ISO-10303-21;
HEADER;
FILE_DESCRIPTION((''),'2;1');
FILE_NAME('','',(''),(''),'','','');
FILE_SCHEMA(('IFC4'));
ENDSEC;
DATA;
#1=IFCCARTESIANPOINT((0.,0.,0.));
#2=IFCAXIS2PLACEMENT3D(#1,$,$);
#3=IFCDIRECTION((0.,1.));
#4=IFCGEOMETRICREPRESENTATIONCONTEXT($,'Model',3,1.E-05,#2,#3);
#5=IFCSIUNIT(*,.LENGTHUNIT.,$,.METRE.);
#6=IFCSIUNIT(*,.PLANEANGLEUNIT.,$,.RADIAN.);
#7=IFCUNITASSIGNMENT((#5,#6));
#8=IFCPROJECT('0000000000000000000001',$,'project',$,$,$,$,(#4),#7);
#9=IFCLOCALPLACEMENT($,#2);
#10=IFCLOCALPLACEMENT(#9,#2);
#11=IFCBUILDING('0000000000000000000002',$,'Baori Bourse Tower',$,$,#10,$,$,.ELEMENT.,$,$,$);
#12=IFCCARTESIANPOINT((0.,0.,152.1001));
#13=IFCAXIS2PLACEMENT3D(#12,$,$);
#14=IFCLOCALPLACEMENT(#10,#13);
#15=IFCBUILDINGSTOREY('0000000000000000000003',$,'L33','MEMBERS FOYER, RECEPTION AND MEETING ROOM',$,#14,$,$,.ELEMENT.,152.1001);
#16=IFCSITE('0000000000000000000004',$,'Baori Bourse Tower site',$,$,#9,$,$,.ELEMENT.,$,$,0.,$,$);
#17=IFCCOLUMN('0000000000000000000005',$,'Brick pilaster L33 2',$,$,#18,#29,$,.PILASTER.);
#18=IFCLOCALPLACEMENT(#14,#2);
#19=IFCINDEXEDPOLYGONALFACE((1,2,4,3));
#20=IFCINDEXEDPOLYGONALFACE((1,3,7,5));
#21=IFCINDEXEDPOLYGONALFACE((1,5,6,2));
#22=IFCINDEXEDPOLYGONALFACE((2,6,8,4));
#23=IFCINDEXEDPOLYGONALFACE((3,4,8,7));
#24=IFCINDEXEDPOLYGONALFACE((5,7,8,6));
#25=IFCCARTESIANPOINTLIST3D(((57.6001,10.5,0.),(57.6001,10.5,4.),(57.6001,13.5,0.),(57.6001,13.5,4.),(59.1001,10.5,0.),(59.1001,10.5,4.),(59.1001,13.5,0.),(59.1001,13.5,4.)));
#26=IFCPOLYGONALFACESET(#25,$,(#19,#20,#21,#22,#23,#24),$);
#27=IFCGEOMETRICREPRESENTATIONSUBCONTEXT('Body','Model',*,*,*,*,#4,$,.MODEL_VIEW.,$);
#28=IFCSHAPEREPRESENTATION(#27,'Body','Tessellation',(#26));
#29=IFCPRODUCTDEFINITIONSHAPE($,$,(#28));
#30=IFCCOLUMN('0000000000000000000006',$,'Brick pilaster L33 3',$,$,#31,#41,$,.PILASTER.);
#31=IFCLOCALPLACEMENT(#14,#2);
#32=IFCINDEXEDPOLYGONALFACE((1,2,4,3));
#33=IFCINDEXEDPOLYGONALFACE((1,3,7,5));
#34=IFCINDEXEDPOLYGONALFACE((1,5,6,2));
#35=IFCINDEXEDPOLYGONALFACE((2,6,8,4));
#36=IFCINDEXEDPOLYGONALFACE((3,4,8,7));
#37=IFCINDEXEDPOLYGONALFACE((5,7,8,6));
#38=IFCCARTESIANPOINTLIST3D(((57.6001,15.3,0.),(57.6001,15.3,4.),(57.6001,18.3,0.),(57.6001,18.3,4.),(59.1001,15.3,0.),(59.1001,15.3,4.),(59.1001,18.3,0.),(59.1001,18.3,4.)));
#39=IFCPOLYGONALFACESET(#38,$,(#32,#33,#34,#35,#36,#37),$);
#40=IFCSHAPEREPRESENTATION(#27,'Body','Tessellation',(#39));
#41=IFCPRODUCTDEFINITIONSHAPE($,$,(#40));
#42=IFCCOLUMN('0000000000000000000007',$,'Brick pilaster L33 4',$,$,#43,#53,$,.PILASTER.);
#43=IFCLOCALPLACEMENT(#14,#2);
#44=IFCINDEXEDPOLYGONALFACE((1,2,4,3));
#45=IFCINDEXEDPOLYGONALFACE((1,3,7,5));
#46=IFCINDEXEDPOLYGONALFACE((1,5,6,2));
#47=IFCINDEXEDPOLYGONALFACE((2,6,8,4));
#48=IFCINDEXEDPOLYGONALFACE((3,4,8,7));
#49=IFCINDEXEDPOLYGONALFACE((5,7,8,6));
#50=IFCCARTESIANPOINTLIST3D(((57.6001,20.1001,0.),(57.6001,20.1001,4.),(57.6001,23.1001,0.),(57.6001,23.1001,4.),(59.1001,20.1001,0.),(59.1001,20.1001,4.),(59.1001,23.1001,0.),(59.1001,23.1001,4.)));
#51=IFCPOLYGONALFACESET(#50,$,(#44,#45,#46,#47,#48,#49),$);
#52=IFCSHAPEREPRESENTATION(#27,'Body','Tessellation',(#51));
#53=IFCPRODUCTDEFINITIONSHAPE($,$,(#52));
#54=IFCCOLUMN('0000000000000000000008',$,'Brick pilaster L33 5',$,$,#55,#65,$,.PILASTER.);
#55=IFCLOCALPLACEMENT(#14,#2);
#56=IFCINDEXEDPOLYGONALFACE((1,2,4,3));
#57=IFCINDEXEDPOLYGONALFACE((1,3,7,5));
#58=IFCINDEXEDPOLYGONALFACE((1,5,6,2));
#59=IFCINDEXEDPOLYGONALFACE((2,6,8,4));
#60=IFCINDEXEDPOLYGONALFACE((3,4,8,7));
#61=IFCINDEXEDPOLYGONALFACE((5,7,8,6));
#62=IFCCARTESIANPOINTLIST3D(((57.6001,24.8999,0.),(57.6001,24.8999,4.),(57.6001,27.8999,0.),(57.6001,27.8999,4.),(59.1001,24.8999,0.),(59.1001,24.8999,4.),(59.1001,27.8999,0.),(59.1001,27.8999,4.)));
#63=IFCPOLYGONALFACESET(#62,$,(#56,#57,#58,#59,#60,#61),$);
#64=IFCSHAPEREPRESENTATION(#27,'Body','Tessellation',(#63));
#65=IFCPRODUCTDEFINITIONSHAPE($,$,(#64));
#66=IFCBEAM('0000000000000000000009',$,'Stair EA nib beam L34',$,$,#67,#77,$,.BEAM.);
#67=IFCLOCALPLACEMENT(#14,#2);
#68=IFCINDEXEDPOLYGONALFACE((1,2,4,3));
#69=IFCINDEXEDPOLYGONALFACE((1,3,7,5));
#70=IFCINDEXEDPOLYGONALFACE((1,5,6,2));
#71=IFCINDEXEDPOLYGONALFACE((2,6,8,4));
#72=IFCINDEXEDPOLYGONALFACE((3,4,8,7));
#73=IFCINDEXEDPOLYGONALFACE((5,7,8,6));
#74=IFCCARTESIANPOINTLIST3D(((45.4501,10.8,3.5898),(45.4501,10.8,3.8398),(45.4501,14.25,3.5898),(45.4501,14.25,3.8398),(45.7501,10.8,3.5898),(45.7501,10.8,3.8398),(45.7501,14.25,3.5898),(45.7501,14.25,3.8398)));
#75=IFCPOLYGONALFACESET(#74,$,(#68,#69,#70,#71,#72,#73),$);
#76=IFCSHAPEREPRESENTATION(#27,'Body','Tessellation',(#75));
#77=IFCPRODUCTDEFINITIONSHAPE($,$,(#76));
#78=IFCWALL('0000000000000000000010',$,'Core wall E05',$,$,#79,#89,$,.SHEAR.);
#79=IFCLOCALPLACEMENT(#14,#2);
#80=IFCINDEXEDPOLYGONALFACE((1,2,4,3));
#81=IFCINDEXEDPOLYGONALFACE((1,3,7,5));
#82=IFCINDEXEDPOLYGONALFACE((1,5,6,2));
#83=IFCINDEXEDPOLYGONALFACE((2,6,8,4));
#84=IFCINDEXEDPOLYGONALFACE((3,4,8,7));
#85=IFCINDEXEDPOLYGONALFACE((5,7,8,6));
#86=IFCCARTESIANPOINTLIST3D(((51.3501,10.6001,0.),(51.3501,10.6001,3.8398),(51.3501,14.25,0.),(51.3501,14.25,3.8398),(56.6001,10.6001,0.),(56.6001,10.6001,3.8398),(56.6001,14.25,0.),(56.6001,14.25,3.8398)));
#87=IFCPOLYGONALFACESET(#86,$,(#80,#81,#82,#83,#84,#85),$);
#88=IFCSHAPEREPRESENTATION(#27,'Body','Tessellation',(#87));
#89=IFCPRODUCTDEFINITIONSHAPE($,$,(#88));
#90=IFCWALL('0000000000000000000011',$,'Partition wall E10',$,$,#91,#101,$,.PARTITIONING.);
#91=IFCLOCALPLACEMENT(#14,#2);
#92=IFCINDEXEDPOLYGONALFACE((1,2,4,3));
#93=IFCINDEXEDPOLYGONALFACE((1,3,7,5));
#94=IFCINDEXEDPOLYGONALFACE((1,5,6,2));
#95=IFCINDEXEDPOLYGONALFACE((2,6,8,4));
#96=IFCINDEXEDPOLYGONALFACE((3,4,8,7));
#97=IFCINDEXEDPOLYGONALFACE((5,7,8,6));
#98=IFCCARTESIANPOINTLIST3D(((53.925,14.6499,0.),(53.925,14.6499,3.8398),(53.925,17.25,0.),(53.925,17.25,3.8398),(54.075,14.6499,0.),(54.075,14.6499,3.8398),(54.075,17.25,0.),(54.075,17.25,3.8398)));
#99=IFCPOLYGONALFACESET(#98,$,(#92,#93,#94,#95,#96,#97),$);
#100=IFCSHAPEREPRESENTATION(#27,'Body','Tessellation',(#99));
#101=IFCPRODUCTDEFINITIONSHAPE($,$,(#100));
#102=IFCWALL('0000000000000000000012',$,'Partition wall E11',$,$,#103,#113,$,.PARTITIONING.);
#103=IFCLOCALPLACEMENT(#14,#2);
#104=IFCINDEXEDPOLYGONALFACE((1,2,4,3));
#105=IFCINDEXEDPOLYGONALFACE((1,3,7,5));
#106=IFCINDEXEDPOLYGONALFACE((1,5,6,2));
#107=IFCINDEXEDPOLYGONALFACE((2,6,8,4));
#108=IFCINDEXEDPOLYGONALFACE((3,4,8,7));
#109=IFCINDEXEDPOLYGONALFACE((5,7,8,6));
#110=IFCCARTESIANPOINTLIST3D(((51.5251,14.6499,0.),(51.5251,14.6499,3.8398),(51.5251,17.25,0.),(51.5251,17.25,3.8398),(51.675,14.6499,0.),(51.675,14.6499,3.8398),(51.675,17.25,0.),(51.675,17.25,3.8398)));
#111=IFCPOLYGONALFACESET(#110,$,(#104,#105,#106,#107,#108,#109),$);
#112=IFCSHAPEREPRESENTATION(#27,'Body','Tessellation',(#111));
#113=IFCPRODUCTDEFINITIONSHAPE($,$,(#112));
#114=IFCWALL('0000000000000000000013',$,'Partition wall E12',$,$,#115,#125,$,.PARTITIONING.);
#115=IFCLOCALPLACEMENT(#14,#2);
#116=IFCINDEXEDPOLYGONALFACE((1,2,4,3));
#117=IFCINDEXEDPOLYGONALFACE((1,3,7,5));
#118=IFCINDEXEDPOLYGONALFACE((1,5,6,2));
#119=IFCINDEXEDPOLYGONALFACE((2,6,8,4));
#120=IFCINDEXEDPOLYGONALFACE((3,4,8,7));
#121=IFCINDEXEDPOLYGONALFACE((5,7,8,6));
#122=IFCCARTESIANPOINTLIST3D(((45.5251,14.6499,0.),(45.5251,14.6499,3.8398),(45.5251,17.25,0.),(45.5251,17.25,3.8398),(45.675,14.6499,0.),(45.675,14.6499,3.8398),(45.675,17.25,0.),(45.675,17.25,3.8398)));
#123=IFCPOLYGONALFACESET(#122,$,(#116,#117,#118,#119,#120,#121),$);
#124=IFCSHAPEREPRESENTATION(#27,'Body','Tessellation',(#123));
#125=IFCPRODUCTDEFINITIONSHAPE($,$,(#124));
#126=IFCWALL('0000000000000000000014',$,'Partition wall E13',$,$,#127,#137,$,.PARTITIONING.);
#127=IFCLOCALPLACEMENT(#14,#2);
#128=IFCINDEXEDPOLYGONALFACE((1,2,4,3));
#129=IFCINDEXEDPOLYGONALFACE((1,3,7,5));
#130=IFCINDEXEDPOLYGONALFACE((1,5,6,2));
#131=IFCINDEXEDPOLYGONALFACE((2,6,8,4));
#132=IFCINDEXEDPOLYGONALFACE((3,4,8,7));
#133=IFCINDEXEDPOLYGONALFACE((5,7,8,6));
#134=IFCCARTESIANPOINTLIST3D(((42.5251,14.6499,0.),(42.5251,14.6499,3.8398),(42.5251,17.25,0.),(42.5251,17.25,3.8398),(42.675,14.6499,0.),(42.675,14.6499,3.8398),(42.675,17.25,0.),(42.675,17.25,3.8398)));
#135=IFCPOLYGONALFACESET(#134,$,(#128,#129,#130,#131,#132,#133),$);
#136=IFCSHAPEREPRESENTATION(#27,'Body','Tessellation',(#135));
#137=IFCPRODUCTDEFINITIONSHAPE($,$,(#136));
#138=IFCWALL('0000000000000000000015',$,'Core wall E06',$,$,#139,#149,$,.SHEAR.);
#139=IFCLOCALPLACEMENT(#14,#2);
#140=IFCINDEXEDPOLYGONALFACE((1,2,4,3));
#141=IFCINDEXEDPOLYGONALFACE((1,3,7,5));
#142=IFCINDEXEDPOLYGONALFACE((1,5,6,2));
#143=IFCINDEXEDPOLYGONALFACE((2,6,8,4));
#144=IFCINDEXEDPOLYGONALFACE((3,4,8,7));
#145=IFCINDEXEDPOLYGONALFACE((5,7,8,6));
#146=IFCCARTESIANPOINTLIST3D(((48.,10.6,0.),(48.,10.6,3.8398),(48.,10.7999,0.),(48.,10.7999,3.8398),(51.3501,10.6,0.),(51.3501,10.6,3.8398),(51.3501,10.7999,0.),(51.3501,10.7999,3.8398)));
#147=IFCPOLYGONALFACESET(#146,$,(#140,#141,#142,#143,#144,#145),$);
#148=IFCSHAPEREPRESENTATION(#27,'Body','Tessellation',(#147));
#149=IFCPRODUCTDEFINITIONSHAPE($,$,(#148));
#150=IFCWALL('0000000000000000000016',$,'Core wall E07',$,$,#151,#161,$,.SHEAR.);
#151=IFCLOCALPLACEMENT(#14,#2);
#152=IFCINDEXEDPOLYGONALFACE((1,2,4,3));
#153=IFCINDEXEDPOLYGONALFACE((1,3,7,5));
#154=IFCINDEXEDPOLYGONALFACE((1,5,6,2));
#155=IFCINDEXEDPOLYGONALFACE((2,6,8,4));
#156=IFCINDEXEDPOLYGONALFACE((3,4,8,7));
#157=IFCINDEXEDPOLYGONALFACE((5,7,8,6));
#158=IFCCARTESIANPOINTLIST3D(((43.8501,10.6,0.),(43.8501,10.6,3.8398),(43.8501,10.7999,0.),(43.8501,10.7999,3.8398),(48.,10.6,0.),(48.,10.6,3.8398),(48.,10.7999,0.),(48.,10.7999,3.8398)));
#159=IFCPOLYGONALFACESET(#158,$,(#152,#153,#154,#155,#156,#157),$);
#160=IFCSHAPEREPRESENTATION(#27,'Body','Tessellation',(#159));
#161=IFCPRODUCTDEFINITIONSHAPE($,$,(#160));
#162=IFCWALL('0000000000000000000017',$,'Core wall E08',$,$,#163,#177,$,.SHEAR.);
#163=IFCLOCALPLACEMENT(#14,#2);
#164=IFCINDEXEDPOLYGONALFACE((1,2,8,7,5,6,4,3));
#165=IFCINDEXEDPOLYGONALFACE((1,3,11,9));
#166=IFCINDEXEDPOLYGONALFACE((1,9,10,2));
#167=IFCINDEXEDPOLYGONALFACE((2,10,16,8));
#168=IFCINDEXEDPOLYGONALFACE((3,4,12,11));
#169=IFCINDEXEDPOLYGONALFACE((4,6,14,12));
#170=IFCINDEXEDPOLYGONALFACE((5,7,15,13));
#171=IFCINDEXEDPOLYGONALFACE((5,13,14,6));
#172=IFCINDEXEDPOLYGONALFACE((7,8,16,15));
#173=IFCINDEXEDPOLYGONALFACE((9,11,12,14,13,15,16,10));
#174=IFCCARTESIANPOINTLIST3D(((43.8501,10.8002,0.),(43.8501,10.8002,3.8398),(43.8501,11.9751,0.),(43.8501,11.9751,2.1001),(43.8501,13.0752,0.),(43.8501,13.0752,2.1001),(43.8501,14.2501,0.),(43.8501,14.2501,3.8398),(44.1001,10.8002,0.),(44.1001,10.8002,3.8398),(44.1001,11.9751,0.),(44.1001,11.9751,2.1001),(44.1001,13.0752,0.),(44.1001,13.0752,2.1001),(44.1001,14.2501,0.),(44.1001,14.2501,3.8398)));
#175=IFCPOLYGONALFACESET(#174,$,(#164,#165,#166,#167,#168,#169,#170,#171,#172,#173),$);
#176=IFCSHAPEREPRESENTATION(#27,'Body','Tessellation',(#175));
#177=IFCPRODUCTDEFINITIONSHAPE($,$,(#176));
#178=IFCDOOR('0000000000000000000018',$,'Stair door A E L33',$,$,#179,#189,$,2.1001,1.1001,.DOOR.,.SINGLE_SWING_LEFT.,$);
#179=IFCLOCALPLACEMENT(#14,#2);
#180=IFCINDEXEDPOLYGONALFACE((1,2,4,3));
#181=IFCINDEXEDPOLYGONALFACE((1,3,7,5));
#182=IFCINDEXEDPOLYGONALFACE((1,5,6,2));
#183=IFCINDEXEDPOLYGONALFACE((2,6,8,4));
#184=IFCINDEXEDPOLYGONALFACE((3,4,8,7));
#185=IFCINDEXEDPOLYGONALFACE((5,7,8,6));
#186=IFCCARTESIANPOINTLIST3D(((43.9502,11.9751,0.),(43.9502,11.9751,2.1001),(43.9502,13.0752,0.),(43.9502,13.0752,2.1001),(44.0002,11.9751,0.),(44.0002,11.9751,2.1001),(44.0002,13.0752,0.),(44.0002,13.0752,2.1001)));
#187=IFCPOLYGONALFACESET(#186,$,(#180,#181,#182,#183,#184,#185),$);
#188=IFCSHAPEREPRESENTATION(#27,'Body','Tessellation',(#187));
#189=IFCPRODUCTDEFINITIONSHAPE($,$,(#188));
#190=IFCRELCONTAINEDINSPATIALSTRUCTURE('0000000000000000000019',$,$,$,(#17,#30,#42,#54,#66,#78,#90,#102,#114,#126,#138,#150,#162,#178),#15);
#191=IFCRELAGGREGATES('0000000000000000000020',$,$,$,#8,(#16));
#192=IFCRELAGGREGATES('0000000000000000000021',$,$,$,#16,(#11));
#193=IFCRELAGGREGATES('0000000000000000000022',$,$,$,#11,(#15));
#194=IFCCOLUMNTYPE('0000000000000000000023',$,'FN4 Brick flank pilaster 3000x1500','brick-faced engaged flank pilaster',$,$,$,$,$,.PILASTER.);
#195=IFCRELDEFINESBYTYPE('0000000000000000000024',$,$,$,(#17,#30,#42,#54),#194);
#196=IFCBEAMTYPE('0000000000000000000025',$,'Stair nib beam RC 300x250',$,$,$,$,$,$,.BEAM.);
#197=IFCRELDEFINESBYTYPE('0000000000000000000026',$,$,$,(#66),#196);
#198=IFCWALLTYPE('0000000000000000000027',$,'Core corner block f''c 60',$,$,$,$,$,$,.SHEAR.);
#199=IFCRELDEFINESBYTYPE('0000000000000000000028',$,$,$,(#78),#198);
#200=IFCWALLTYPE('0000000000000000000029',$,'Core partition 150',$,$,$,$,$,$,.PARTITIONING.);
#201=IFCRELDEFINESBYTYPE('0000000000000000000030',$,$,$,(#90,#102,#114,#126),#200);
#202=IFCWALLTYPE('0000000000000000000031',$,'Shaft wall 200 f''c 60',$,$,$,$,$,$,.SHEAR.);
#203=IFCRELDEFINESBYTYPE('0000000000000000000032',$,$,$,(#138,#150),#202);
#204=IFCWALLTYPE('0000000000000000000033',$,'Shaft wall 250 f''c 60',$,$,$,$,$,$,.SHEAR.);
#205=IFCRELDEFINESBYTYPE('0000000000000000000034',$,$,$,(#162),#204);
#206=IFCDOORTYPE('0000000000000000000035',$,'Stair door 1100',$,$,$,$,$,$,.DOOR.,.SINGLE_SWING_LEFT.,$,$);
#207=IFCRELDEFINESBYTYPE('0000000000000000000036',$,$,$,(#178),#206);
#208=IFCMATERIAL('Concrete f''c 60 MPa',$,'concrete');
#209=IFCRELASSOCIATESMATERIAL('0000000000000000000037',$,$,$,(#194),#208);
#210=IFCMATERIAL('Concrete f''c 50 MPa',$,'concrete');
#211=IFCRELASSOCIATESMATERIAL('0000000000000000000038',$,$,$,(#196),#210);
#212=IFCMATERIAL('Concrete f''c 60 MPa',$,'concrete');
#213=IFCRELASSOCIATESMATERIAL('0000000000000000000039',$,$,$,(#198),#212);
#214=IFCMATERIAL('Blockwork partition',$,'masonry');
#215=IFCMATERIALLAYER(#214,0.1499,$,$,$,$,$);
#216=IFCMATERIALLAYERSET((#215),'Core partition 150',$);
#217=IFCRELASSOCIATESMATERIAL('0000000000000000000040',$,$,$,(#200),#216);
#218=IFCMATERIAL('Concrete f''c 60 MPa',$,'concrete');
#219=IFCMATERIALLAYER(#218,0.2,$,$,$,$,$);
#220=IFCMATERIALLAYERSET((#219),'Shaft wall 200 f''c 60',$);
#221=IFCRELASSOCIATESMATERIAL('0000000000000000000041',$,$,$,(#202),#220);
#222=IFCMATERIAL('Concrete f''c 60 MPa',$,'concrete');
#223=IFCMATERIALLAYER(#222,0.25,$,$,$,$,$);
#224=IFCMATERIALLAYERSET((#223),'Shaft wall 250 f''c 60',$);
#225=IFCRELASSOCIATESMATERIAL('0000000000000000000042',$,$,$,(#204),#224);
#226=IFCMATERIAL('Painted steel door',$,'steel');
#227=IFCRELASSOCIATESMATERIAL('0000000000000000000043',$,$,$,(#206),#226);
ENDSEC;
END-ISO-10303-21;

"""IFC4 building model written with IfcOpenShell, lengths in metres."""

from ifc_helpers import new_model, si_unit, direction, frame, frame_2d, origin, origin_2d, place, context, subcontext, project, spatial, rectangle, extrude, material, layer, layer_set, material_profile, profile_set, type_object, element, fill, save


model = new_model("IFC4")

# Units and contexts
model_context = context("Model", 3, precision=1e-05, world=origin(), true_north=direction((0.0, 1.0)))
body_context = subcontext(model_context, "Body", "Model", "MODEL_VIEW")
ifc_project = project(units=[si_unit("LENGTHUNIT", "METRE"), si_unit("PLANEANGLEUNIT", "RADIAN")], contexts=[model_context])

# Site, building, storey
site_placement = place(None, origin())
site = spatial("IfcSite", under=ifc_project, at=site_placement, Name="Baori Bourse Tower site", CompositionType="ELEMENT", RefElevation=0.0)
building_placement = place(site_placement, origin())
building = spatial("IfcBuilding", under=site, at=building_placement, Name="Baori Bourse Tower", CompositionType="ELEMENT")
storey_placement = place(building_placement, frame((0.0, 0.0, 152.1001)))
storey = spatial("IfcBuildingStorey", under=building, at=storey_placement, Name="L33", Description="MEMBERS FOYER, RECEPTION AND MEETING ROOM", CompositionType="ELEMENT", Elevation=152.1001)

# Columns
ifc_material_1 = material(Name="Concrete f'c 60 MPa", Category="concrete")
ifc_material_profile_1 = material_profile(ifc_material_1, rectangle(XDim=3.0, YDim=1.5, at=origin_2d()), Name="RC 3000x1500")
ifc_profile_set_1 = profile_set([ifc_material_profile_1], Name="Concrete f'c 60 MPa")
column_type = type_object("IfcColumnType", Name="FN4 Brick flank pilaster 3000x1500", Description="brick-faced engaged flank pilaster", PredefinedType="PILASTER", material=ifc_profile_set_1)
for number, where, z_axis, x_axis, name in (
    (1, (58.3501, 12.0, 0.0), (0.0, 0.0, 1.0), (0.0, 1.0, 0.0), "Brick pilaster L33 2"),
    (2, (58.3501, 16.8, 0.0), (0.0, 0.0, 1.0), (0.0, 1.0, 0.0), "Brick pilaster L33 3"),
    (3, (58.3501, 21.6001, 0.0), (0.0, 0.0, 1.0), (0.0, 1.0, 0.0), "Brick pilaster L33 4"),
    (4, (58.3501, 26.3999, 0.0), (0.0, 0.0, 1.0), (0.0, 1.0, 0.0), "Brick pilaster L33 5"),
):
    element("IfcColumn", number, at=place(storey_placement, frame(where, z_axis=z_axis, x_axis=x_axis)), inside=storey, type_object=column_type, Name=name, PredefinedType="PILASTER", context=body_context, shape_type="SweptSolid", body=[
        extrude(rectangle(XDim=3.0, YDim=1.5, at=origin_2d()), origin(), (0.0, 0.0, 1.0), 4.0),
    ])

# Beam
ifc_material_2 = material(Name="Concrete f'c 50 MPa", Category="concrete")
ifc_material_profile_2 = material_profile(ifc_material_2, rectangle(XDim=0.3, YDim=0.25, at=origin_2d()), Name="RC 300x250")
ifc_profile_set_2 = profile_set([ifc_material_profile_2], Name="Concrete f'c 50 MPa")
beam_type = type_object("IfcBeamType", Name="Stair nib beam RC 300x250", PredefinedType="BEAM", material=ifc_profile_set_2)
beam_placement = place(storey_placement, frame((45.6001, 10.8, 3.7148), z_axis=(0.0, 1.0, 0.0), x_axis=(-1.0, 0.0, 0.0)))
element("IfcBeam", 5, at=beam_placement, inside=storey, type_object=beam_type, Name="Stair EA nib beam L34", PredefinedType="BEAM", context=body_context, shape_type="SweptSolid", body=[
    extrude(rectangle(XDim=0.3, YDim=0.25, at=origin_2d()), origin(), (0.0, 0.0, 1.0), 3.45),
])

# Walls
ifc_material_3 = material(Name="Concrete f'c 60 MPa", Category="concrete")
wall_type_1 = type_object("IfcWallType", Name="Core corner block f'c 60", PredefinedType="SHEAR", material=ifc_material_3)
wall_1_placement = place(storey_placement, frame((51.3501, 12.425, 0.0), z_axis=(0.0, 0.0, 1.0), x_axis=(1.0, 0.0, 0.0)))
element("IfcWall", 6, at=wall_1_placement, inside=storey, type_object=wall_type_1, Name="Core wall E05", PredefinedType="SHEAR", context=body_context, shape_type="SweptSolid", body=[
    extrude(rectangle(XDim=5.25, YDim=3.6499, at=frame_2d((2.625, 0.0))), origin(), (0.0, 0.0, 1.0), 3.8398),
])
ifc_material_4 = material(Name="Blockwork partition", Category="masonry")
ifc_layer_1 = layer(ifc_material_4, 0.1499)
ifc_layer_set_1 = layer_set([ifc_layer_1], Name="Core partition 150")
wall_type_2 = type_object("IfcWallType", Name="Core partition 150", PredefinedType="PARTITIONING", material=ifc_layer_set_1)
for number, where, z_axis, x_axis, name in (
    (7, (54.0, 14.6499, 0.0), (0.0, 0.0, 1.0), (0.0, 1.0, 0.0), "Partition wall E10"),
    (8, (51.6001, 14.6499, 0.0), (0.0, 0.0, 1.0), (0.0, 1.0, 0.0), "Partition wall E11"),
    (9, (45.6001, 14.6499, 0.0), (0.0, 0.0, 1.0), (0.0, 1.0, 0.0), "Partition wall E12"),
    (10, (42.6001, 14.6499, 0.0), (0.0, 0.0, 1.0), (0.0, 1.0, 0.0), "Partition wall E13"),
):
    element("IfcWall", number, at=place(storey_placement, frame(where, z_axis=z_axis, x_axis=x_axis)), inside=storey, type_object=wall_type_2, Name=name, PredefinedType="PARTITIONING", context=body_context, shape_type="SweptSolid", body=[
        extrude(rectangle(XDim=2.6001, YDim=0.1499, at=frame_2d((1.3, 0.0))), origin(), (0.0, 0.0, 1.0), 3.8398),
    ])
ifc_material_5 = material(Name="Concrete f'c 60 MPa", Category="concrete")
ifc_layer_2 = layer(ifc_material_5, 0.2)
ifc_layer_set_2 = layer_set([ifc_layer_2], Name="Shaft wall 200 f'c 60")
wall_type_3 = type_object("IfcWallType", Name="Shaft wall 200 f'c 60", PredefinedType="SHEAR", material=ifc_layer_set_2)
wall_2_placement = place(storey_placement, frame((48.0, 10.7, 0.0), z_axis=(0.0, 0.0, 1.0), x_axis=(1.0, 0.0, 0.0)))
element("IfcWall", 11, at=wall_2_placement, inside=storey, type_object=wall_type_3, Name="Core wall E06", PredefinedType="SHEAR", context=body_context, shape_type="SweptSolid", body=[
    extrude(rectangle(XDim=3.3501, YDim=0.2, at=frame_2d((1.675, 0.0))), origin(), (0.0, 0.0, 1.0), 3.8398),
])
wall_3_placement = place(storey_placement, frame((43.8501, 10.7, 0.0), z_axis=(0.0, 0.0, 1.0), x_axis=(1.0, 0.0, 0.0)))
element("IfcWall", 12, at=wall_3_placement, inside=storey, type_object=wall_type_3, Name="Core wall E07", PredefinedType="SHEAR", context=body_context, shape_type="SweptSolid", body=[
    extrude(rectangle(XDim=4.1499, YDim=0.2, at=frame_2d((2.075, 0.0))), origin(), (0.0, 0.0, 1.0), 3.8398),
])

# Wall, opening, door
ifc_material_6 = material(Name="Concrete f'c 60 MPa", Category="concrete")
ifc_layer_3 = layer(ifc_material_6, 0.25)
ifc_layer_set_3 = layer_set([ifc_layer_3], Name="Shaft wall 250 f'c 60")
wall_type_4 = type_object("IfcWallType", Name="Shaft wall 250 f'c 60", PredefinedType="SHEAR", material=ifc_layer_set_3)
wall_4_placement = place(storey_placement, frame((43.9751, 10.8, 0.0), z_axis=(0.0, 0.0, 1.0), x_axis=(0.0, 1.0, 0.0)))
wall_4 = element("IfcWall", 13, at=wall_4_placement, inside=storey, type_object=wall_type_4, Name="Core wall E08", PredefinedType="SHEAR", context=body_context, shape_type="SweptSolid", body=[
    extrude(rectangle(XDim=3.45, YDim=0.25, at=frame_2d((1.7251, 0.0))), origin(), (0.0, 0.0, 1.0), 3.8398),
])
opening_1_placement = place(wall_4_placement, frame((1.175, 0.0, 0.0)))
opening_1 = element("IfcOpeningElement", 14, at=opening_1_placement, cuts=wall_4, PredefinedType="OPENING", context=body_context, shape_type="SweptSolid", body=[
    extrude(rectangle(XDim=1.1001, YDim=2.1001, at=frame_2d((0.55, 1.05))), frame((0.0, 0.135, 0.0), z_axis=(0.0, -1.0, 0.0), x_axis=(1.0, 0.0, 0.0)), (0.0, 0.0, 1.0), 0.27),
])
ifc_material_7 = material(Name="Painted steel door", Category="steel")
door_type_1 = type_object("IfcDoorType", Name="Stair door 1100", OperationType="SINGLE_SWING_LEFT", PredefinedType="DOOR", material=ifc_material_7)
door_1_placement = place(opening_1_placement, origin())
door_1 = element("IfcDoor", 15, at=door_1_placement, inside=storey, type_object=door_type_1, Name="Stair door A E L33", OperationType="SINGLE_SWING_LEFT", OverallHeight=2.1001, OverallWidth=1.1001, PredefinedType="DOOR", context=body_context, shape_type="SweptSolid", body=[
    extrude(rectangle(XDim=1.1001, YDim=2.1001, at=frame_2d((0.55, 1.05))), frame((0.0, 0.0249, 0.0), z_axis=(0.0, -1.0, 0.0), x_axis=(1.0, 0.0, 0.0)), (0.0, 0.0, 1.0), 0.05),
])
fill(opening_1, door_1)

save(model, "model.ifc")
